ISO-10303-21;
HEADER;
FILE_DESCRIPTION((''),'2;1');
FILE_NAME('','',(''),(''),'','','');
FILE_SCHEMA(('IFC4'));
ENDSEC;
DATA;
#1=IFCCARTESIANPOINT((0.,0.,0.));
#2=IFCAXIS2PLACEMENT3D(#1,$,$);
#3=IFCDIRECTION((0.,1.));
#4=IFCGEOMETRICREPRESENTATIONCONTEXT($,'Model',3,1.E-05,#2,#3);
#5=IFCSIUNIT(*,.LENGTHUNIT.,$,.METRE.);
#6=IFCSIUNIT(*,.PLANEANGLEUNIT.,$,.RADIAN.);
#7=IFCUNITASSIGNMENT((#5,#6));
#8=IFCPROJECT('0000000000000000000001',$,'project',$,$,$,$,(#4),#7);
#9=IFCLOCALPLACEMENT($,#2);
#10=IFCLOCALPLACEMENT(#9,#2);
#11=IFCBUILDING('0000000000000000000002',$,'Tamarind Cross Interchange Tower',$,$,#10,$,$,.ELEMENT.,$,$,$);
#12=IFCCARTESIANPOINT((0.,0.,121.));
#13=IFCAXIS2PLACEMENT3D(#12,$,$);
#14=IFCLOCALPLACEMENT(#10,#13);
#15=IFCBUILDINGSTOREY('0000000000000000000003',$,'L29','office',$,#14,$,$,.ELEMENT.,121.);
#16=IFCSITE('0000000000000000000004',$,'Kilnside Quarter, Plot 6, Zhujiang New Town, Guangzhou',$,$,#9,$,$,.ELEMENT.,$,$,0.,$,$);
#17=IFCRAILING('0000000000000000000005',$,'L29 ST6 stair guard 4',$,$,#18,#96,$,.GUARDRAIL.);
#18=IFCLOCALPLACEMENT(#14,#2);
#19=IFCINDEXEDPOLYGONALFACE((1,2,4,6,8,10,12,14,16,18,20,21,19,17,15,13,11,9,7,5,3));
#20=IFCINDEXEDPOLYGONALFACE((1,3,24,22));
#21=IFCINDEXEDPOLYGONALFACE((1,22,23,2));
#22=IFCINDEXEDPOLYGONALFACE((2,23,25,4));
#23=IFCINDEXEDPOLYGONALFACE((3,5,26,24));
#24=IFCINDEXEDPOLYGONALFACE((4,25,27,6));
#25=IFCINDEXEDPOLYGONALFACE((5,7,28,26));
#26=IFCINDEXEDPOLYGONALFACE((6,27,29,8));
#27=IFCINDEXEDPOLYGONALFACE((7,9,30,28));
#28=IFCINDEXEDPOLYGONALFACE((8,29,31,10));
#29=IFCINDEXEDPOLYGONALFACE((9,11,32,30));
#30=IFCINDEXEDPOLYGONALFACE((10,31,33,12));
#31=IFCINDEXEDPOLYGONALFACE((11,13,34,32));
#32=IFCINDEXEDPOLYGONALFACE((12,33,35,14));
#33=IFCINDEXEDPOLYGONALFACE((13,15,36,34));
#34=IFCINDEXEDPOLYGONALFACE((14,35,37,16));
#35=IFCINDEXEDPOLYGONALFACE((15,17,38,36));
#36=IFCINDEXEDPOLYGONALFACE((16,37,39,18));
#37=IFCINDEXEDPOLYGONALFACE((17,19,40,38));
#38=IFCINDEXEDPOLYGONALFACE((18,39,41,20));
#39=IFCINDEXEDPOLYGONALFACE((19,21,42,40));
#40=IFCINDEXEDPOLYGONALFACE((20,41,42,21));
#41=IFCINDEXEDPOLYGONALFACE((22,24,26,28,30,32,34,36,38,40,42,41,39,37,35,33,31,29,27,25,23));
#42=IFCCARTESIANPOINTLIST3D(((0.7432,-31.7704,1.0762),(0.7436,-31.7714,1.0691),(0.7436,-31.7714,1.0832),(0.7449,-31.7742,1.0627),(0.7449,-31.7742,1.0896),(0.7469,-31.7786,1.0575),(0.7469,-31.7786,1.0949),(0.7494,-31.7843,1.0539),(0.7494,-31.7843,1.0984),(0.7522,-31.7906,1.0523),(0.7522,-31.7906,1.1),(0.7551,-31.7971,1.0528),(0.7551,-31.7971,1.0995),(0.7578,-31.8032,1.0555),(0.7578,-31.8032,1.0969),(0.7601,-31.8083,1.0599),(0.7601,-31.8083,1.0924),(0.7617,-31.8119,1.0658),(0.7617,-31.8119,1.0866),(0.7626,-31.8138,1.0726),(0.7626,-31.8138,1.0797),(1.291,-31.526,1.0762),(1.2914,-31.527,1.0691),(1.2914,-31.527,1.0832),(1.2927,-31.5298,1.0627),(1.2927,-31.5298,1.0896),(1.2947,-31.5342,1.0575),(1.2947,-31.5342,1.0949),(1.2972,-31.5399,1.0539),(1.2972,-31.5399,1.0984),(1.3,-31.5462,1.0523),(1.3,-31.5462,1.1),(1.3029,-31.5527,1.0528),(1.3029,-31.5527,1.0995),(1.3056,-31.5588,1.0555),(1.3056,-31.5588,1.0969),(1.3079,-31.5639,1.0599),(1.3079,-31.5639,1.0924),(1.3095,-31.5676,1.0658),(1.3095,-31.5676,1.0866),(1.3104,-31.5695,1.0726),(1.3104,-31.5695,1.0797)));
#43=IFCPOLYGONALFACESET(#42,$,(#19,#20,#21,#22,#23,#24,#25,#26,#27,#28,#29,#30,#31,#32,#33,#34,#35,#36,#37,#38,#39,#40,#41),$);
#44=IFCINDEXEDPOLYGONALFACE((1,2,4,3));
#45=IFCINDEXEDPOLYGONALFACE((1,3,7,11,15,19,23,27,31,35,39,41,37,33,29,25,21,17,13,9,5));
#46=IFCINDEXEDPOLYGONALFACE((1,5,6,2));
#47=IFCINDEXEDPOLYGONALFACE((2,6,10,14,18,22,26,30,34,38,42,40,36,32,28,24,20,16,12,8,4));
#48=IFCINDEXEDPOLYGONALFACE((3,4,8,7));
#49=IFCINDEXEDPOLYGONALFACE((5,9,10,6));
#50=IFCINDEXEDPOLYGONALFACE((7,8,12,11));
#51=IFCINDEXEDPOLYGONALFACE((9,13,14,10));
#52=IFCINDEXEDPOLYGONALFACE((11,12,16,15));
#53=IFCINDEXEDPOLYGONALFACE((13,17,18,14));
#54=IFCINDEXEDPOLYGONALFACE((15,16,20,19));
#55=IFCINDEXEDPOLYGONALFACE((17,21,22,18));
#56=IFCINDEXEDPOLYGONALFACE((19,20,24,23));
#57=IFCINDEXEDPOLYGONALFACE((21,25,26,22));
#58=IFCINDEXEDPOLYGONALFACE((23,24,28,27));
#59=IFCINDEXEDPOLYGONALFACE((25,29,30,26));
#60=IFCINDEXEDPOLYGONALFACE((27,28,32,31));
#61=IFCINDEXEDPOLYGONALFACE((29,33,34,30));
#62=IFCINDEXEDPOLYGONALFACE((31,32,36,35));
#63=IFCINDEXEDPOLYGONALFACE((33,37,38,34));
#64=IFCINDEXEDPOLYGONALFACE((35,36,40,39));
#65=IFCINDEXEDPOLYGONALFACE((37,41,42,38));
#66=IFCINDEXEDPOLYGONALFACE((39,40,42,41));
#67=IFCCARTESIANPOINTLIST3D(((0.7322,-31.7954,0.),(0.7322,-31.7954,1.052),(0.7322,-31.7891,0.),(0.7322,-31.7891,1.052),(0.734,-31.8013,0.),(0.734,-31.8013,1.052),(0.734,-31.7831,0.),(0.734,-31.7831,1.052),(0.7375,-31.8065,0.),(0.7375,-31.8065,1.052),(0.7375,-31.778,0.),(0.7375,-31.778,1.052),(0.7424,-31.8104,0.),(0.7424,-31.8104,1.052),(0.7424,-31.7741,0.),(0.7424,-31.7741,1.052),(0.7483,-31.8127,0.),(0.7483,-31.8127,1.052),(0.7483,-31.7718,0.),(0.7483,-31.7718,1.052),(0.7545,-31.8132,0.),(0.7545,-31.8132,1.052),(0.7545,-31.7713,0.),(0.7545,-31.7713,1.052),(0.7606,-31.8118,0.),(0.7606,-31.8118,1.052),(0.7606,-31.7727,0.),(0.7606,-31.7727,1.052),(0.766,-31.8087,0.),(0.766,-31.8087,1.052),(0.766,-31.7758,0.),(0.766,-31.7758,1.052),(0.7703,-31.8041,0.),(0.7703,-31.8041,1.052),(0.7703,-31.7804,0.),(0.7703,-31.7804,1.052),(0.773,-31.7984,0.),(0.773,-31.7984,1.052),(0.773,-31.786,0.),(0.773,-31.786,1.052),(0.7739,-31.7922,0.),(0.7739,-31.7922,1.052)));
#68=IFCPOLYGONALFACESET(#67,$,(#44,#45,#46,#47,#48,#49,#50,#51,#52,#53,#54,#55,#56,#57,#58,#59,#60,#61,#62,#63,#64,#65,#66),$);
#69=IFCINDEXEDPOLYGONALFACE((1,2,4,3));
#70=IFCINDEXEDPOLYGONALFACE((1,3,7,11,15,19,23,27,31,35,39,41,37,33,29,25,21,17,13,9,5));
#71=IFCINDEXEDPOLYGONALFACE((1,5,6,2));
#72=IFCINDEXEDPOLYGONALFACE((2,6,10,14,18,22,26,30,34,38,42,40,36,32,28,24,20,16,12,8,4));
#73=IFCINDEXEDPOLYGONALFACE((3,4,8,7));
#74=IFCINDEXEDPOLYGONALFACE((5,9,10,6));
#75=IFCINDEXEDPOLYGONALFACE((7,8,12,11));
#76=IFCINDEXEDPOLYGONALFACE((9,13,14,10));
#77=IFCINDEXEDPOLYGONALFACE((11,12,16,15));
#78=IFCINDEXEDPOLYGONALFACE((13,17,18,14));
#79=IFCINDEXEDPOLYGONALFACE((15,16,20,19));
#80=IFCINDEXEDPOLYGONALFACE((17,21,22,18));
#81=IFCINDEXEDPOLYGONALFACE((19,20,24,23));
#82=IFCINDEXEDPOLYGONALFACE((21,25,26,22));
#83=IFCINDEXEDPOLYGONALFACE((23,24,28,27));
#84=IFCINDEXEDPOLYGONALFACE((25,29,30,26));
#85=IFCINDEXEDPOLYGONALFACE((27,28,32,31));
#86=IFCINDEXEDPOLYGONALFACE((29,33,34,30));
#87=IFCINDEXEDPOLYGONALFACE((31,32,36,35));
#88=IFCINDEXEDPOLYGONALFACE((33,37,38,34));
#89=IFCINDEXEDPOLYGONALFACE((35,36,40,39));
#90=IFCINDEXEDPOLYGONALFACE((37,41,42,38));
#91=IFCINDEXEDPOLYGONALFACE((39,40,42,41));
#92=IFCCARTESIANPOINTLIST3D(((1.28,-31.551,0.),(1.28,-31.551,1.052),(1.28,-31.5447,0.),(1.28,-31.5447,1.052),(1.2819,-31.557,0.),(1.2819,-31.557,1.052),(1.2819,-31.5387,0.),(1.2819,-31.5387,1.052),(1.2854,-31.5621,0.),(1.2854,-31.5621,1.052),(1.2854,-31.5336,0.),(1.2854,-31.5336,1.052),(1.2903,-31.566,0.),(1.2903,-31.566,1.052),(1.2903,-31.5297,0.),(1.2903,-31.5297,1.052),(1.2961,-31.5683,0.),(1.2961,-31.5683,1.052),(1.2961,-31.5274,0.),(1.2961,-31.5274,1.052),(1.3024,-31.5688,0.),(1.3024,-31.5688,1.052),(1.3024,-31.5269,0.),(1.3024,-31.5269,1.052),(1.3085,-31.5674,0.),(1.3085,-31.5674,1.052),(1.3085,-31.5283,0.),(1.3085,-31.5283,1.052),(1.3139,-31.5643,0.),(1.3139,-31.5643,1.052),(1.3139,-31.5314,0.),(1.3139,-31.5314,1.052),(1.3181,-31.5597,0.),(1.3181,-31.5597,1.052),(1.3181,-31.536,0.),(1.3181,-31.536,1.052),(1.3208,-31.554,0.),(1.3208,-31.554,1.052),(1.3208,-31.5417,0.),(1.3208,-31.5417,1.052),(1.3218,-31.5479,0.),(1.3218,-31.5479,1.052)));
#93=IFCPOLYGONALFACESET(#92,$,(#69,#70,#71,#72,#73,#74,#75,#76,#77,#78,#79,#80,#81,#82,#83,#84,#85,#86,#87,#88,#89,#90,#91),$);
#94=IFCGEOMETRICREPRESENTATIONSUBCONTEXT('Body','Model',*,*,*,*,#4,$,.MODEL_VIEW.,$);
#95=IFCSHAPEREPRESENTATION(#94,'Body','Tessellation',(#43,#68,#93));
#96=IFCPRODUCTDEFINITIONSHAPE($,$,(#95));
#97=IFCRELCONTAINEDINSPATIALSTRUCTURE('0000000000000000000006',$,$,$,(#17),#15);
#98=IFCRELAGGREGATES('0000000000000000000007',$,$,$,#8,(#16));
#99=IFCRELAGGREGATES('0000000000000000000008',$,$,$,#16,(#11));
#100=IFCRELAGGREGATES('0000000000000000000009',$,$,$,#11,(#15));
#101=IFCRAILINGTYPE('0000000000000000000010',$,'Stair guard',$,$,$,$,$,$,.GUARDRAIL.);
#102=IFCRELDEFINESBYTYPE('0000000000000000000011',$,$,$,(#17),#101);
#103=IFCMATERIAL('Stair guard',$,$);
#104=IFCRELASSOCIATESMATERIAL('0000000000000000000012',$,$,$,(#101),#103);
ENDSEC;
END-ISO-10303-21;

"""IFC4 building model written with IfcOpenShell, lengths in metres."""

from ifc_helpers import new_model, si_unit, direction, frame, origin, origin_2d, place, context, subcontext, project, spatial, circle, extrude, material, type_object, element, save


model = new_model("IFC4")

# Units and contexts
model_context = context("Model", 3, precision=1e-05, world=origin(), true_north=direction((0.0, 1.0)))
body_context = subcontext(model_context, "Body", "Model", "MODEL_VIEW")
ifc_project = project(units=[si_unit("LENGTHUNIT", "METRE"), si_unit("PLANEANGLEUNIT", "RADIAN")], contexts=[model_context])

# Site, building, storey
site_placement = place(None, origin())
site = spatial("IfcSite", under=ifc_project, at=site_placement, Name="Kilnside Quarter, Plot 6, Zhujiang New Town, Guangzhou", CompositionType="ELEMENT", RefElevation=0.0)
building_placement = place(site_placement, origin())
building = spatial("IfcBuilding", under=site, at=building_placement, Name="Tamarind Cross Interchange Tower", CompositionType="ELEMENT")
storey_placement = place(building_placement, frame((0.0, 0.0, 121.0)))
storey = spatial("IfcBuildingStorey", under=building, at=storey_placement, Name="L29", Description="office", CompositionType="ELEMENT", Elevation=121.0)

# Railing
ifc_material_1 = material(Name="Stair guard")
railing_type_1 = type_object("IfcRailingType", Name="Stair guard", PredefinedType="GUARDRAIL", material=ifc_material_1)
railing_1_placement = place(storey_placement, frame((0.7529, -31.7922, 0.0)))
element("IfcRailing", 1, at=railing_1_placement, inside=storey, type_object=railing_type_1, Name="L29 ST6 stair guard 4", PredefinedType="GUARDRAIL", context=body_context, shape_type="SweptSolid", body=[
    extrude(circle(Radius=0.0239, at=origin_2d()), frame((0.0, 0.0, 1.0762), z_axis=(0.913257, 0.407384, 0.0), x_axis=(-0.407384, 0.913257, 0.0)), (0.0, 0.0, 1.0), 0.5999),
    extrude(circle(Radius=0.021, at=origin_2d()), origin(), (0.0, 0.0, 1.0), 1.052),
    extrude(circle(Radius=0.021, at=origin_2d()), frame((0.5479, 0.2444, 0.0)), (0.0, 0.0, 1.0), 1.052),
])

save(model, "model.ifc")
